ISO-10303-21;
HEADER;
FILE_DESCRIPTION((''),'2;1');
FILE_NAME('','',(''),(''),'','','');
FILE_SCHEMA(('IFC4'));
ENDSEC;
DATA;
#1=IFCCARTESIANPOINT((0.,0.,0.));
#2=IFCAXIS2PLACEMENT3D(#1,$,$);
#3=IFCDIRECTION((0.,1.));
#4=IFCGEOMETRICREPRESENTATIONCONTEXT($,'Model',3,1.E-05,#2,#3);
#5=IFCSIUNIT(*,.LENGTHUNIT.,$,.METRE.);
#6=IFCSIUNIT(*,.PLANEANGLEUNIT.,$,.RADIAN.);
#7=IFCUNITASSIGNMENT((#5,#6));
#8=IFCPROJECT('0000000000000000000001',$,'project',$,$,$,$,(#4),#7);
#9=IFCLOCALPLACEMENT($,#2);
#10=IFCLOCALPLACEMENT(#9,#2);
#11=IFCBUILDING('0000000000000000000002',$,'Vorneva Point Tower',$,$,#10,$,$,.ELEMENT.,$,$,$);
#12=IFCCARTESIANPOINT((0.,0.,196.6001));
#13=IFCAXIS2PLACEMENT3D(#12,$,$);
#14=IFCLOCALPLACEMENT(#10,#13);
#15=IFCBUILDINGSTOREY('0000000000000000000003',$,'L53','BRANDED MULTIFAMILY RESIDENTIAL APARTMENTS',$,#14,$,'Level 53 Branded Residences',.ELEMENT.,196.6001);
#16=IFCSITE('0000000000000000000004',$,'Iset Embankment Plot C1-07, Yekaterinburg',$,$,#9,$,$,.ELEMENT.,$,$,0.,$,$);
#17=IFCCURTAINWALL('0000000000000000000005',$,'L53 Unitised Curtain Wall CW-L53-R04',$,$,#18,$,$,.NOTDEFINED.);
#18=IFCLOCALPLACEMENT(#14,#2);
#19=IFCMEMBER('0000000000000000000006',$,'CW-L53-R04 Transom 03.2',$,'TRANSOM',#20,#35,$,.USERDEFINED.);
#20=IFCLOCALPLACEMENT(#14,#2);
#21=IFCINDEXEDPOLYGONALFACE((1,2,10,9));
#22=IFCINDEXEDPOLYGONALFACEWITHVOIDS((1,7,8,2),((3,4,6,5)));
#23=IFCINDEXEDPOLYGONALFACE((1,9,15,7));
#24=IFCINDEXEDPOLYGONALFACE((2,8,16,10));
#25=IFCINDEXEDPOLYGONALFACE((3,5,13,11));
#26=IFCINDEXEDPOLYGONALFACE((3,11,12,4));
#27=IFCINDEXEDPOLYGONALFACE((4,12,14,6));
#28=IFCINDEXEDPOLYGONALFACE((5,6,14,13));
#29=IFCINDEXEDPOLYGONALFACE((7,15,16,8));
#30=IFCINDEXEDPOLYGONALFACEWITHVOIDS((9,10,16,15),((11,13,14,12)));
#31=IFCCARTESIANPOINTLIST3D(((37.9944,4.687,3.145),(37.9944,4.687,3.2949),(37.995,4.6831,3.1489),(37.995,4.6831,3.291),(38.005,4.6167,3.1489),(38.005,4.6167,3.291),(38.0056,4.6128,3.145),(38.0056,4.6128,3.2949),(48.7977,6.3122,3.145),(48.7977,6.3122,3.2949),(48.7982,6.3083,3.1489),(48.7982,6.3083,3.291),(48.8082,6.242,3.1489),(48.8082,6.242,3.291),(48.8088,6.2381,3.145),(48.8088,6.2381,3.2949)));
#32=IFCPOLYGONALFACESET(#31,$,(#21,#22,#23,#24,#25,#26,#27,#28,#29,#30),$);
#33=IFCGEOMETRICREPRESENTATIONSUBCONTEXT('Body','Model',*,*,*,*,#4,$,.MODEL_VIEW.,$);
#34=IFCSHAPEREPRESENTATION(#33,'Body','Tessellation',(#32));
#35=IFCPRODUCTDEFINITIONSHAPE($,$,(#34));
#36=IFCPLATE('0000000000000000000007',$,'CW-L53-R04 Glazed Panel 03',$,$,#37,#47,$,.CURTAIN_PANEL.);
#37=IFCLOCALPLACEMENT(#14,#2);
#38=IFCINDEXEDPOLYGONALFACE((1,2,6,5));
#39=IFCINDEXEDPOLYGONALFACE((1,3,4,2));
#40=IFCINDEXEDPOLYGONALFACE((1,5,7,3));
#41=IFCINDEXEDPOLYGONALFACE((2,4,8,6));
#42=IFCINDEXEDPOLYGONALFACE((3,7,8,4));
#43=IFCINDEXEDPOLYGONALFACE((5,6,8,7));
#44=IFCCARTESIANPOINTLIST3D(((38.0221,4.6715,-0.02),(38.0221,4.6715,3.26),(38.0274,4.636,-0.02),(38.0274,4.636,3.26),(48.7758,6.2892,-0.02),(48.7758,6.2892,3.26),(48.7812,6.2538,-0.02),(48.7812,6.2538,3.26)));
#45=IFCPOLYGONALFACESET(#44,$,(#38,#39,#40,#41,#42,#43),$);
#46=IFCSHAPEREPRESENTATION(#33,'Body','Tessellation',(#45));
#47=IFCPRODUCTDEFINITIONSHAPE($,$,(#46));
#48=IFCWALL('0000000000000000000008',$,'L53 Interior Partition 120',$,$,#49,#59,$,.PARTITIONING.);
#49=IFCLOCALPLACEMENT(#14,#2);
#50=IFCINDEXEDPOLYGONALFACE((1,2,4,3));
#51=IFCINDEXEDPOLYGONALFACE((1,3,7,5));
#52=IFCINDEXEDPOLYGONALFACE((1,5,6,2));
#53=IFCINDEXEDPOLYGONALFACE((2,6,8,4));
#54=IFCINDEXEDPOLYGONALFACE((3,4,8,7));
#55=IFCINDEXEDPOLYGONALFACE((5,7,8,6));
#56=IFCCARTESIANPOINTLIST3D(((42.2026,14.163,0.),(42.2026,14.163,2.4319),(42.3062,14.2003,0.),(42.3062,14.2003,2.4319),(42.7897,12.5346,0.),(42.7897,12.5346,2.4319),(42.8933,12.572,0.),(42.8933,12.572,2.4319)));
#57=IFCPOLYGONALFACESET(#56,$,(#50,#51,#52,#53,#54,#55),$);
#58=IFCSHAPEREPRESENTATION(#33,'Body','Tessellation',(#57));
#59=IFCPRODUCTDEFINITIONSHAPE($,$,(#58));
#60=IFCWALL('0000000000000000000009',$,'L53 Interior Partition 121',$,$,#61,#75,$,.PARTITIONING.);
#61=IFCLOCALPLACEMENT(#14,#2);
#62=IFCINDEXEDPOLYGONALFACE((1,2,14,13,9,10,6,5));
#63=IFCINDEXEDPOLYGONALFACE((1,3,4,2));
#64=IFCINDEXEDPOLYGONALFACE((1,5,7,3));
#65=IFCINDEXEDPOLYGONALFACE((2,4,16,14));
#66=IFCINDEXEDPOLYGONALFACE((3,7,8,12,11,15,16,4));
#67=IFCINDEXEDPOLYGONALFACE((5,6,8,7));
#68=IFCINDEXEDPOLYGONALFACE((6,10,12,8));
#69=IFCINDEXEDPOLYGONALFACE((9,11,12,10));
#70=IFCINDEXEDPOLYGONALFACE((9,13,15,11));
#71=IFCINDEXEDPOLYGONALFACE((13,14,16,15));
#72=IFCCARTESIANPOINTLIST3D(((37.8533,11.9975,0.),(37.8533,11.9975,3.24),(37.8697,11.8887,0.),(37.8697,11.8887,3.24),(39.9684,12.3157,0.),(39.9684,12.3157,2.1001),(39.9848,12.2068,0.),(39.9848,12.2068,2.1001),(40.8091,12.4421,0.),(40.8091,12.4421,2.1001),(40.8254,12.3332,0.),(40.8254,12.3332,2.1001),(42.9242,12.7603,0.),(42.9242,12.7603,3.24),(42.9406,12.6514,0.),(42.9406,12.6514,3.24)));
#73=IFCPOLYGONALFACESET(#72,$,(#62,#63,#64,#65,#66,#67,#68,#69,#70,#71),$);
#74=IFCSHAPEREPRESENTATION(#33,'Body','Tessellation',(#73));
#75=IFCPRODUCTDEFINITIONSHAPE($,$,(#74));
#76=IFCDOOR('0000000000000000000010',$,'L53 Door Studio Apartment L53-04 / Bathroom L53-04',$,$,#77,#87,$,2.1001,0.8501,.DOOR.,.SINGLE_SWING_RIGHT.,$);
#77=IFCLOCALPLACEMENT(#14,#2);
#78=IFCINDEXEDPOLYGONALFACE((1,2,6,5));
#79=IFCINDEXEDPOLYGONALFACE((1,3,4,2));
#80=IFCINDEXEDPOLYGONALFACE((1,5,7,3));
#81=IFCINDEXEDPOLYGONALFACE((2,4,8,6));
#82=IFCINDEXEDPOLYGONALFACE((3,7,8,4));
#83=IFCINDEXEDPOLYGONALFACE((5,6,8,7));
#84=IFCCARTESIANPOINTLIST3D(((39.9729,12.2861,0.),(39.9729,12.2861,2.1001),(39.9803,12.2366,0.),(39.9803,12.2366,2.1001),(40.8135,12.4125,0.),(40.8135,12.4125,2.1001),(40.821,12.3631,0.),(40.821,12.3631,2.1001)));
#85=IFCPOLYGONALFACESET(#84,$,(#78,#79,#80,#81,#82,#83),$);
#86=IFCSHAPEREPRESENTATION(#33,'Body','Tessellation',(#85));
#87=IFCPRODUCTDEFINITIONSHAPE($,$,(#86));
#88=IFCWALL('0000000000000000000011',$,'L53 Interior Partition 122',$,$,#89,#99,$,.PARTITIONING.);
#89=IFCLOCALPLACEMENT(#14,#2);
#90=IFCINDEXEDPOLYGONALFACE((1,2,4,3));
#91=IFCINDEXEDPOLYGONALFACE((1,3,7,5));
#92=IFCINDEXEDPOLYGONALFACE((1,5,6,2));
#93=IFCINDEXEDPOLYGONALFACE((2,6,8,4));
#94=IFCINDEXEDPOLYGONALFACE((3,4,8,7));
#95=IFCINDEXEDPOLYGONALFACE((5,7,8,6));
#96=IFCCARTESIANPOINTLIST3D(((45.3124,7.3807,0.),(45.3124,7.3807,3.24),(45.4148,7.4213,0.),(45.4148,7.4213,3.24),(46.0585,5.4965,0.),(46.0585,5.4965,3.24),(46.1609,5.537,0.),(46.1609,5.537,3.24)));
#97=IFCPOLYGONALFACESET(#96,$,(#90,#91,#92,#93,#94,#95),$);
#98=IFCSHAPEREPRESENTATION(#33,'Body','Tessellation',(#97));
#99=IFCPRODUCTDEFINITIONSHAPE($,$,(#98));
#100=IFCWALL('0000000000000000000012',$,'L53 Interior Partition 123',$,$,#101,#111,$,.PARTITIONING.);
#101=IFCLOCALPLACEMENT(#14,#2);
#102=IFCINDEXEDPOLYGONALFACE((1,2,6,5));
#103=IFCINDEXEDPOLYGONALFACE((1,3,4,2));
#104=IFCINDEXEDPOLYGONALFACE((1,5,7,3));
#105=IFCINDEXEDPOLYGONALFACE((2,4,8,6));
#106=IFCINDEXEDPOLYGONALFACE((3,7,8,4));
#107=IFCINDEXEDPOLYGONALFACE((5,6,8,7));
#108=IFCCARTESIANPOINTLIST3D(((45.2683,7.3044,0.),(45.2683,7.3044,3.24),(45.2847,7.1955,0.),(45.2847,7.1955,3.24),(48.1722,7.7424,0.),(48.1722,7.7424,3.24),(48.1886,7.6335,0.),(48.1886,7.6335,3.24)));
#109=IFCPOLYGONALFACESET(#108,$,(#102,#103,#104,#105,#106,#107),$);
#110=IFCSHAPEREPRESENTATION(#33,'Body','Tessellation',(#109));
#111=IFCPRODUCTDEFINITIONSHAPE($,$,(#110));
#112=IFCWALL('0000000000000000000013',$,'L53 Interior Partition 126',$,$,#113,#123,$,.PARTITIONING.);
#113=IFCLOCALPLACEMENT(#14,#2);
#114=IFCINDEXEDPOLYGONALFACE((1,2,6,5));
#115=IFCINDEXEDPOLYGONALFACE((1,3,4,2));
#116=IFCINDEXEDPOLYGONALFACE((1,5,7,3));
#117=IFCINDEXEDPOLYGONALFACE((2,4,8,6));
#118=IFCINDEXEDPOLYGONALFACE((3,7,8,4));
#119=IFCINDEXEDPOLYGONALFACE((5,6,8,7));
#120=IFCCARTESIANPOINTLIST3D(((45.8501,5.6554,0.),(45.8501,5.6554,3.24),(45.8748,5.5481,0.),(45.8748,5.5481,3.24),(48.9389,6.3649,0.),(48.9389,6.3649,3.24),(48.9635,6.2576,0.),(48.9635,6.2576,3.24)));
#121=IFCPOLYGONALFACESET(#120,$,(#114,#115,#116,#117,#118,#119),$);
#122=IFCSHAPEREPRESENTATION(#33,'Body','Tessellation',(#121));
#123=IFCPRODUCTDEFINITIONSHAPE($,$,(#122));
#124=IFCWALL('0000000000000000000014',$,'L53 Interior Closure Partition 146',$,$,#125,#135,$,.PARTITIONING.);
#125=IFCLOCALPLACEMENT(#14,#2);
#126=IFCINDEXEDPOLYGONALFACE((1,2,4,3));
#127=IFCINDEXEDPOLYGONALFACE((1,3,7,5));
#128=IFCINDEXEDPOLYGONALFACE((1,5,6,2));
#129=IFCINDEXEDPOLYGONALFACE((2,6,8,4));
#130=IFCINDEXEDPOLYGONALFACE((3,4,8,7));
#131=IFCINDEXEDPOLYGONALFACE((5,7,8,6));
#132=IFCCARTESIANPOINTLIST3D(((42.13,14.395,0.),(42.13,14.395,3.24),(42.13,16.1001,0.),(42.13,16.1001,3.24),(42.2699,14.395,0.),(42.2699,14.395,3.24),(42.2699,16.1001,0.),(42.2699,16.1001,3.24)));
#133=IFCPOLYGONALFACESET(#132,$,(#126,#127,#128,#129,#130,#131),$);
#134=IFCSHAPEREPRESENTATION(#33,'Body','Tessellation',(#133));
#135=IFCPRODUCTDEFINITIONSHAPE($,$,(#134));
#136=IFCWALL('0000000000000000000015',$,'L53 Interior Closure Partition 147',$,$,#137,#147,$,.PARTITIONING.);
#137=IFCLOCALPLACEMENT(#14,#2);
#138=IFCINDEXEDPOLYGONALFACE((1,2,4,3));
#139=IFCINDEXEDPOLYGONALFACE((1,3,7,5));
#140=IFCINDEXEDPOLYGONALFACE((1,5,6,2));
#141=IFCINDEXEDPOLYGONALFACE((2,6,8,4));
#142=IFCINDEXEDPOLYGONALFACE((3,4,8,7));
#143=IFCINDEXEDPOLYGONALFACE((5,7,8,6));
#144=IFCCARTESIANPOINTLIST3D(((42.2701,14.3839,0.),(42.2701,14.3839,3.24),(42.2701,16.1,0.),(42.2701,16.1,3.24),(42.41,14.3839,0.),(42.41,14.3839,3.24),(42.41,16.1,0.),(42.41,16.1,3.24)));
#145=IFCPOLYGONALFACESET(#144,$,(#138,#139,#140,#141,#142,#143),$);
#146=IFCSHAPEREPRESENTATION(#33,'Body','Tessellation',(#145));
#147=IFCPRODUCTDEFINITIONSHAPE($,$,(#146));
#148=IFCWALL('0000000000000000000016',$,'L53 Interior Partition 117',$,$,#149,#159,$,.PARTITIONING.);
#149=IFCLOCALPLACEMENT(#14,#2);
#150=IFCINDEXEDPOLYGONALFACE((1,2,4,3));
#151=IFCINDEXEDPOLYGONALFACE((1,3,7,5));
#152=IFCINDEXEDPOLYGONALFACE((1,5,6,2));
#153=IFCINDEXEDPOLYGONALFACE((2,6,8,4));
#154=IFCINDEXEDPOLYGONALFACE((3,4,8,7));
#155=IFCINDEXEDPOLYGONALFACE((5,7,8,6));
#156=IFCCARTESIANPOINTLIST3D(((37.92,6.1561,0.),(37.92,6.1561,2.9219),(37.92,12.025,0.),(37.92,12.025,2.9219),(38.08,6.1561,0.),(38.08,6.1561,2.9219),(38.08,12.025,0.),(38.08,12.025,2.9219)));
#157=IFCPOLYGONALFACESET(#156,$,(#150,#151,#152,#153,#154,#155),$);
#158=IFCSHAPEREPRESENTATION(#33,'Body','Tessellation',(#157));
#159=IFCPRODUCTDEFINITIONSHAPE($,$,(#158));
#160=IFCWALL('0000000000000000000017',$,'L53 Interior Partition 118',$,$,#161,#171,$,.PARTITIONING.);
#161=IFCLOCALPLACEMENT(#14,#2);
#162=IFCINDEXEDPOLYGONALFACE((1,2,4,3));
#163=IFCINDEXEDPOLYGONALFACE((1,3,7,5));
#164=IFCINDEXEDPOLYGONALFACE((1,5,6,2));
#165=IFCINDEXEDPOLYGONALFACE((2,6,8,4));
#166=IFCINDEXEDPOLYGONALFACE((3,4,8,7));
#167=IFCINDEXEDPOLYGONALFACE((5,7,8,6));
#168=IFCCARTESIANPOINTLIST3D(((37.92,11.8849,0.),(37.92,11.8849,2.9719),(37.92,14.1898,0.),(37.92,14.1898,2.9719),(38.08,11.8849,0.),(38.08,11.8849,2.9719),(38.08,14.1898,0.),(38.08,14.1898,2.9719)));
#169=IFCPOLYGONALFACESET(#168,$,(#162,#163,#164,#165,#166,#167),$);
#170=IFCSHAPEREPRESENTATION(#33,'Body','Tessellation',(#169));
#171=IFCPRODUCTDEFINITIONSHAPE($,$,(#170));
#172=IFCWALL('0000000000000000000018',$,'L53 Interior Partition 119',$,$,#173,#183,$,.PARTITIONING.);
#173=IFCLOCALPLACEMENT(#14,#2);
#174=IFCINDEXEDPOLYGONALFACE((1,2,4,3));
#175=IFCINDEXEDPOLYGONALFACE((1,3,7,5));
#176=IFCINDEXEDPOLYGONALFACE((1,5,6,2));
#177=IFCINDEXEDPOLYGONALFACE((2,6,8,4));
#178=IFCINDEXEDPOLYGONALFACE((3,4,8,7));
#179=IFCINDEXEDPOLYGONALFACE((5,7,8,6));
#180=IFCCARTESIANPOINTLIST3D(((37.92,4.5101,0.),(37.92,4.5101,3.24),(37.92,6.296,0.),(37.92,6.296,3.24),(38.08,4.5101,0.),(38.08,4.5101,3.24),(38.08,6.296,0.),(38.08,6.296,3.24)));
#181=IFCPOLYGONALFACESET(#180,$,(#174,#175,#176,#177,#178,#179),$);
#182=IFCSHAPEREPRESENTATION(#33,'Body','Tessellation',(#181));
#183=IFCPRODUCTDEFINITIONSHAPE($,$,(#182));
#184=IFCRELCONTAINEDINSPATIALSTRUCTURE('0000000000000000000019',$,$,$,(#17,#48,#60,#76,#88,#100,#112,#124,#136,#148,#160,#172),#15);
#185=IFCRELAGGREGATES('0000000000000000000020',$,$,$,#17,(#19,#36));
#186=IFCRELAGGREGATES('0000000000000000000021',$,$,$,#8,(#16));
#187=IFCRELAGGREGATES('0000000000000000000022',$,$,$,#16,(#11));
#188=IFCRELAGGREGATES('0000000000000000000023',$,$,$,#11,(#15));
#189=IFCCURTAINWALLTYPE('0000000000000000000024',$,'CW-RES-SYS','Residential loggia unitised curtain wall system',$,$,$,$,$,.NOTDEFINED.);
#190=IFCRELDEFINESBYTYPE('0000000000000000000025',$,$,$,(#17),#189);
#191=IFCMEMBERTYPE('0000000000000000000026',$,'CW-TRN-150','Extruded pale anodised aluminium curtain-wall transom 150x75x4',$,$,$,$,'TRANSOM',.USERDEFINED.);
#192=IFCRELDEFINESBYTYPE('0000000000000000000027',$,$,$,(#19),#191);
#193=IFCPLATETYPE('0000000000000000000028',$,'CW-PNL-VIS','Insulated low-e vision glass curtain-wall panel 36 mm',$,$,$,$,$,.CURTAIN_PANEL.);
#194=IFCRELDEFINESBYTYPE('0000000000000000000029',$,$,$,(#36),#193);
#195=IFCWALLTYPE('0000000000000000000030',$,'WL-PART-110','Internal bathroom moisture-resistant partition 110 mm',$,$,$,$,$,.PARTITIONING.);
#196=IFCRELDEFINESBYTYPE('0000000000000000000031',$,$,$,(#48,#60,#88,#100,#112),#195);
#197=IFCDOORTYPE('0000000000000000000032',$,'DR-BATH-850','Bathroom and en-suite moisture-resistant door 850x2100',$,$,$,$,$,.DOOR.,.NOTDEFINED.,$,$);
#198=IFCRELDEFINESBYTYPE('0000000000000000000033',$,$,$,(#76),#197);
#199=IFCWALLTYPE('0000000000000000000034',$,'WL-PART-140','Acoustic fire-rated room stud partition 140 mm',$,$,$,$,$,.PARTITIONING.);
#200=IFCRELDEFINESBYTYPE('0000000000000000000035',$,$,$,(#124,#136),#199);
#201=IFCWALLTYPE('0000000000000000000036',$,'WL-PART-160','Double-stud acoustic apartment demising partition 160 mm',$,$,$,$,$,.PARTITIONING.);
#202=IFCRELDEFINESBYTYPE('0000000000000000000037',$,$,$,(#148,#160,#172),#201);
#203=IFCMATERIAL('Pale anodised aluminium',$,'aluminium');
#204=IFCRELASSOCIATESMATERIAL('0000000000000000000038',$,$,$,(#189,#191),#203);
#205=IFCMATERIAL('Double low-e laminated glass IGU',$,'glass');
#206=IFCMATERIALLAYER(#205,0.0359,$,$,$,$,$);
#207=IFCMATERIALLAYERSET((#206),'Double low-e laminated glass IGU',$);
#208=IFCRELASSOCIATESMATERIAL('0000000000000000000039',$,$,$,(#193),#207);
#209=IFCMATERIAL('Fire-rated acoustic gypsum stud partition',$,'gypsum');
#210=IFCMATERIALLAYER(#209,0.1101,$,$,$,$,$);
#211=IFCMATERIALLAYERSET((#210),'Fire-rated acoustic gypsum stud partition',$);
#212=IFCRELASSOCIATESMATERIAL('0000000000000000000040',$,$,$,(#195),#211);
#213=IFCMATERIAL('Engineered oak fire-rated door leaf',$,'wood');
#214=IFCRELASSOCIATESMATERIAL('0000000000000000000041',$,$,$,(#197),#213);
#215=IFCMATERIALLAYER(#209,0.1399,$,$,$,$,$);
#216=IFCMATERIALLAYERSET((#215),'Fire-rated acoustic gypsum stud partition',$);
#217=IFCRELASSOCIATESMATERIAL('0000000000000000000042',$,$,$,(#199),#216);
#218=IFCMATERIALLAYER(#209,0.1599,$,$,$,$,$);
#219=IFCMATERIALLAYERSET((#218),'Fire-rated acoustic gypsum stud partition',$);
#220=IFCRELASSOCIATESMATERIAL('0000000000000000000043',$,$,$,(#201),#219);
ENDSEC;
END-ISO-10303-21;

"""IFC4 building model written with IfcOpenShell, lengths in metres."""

from ifc_helpers import new_model, si_unit, direction, frame, frame_2d, origin, origin_2d, place, context, subcontext, project, spatial, rectangle, hollow_rectangle, extrude, material, layer, layer_set, material_profile, profile_set, type_object, element, fill, aggregate, save


model = new_model("IFC4")

# Units and contexts
model_context = context("Model", 3, precision=1e-05, world=origin(), true_north=direction((0.0, 1.0)))
body_context = subcontext(model_context, "Body", "Model", "MODEL_VIEW")
ifc_project = project(units=[si_unit("LENGTHUNIT", "METRE"), si_unit("PLANEANGLEUNIT", "RADIAN")], contexts=[model_context])

# Site, building, storey
site_placement = place(None, origin())
site = spatial("IfcSite", under=ifc_project, at=site_placement, Name="Iset Embankment Plot C1-07, Yekaterinburg", CompositionType="ELEMENT", RefElevation=0.0)
building_placement = place(site_placement, origin())
building = spatial("IfcBuilding", under=site, at=building_placement, Name="Vorneva Point Tower", CompositionType="ELEMENT")
storey_placement = place(building_placement, frame((0.0, 0.0, 196.6001)))
storey = spatial("IfcBuildingStorey", under=building, at=storey_placement, Name="L53", Description="BRANDED MULTIFAMILY RESIDENTIAL APARTMENTS", LongName="Level 53 Branded Residences", CompositionType="ELEMENT", Elevation=196.6001)

# Curtain wall, member, plate
ifc_material_1 = material(Name="Pale anodised aluminium", Category="aluminium")
curtain_wall_type = type_object("IfcCurtainWallType", Name="CW-RES-SYS", Description="Residential loggia unitised curtain wall system", PredefinedType="NOTDEFINED", material=ifc_material_1)
curtain_wall_placement = place(storey_placement, origin())
curtain_wall = element("IfcCurtainWall", 1, at=curtain_wall_placement, inside=storey, type_object=curtain_wall_type, Name="L53 Unitised Curtain Wall CW-L53-R04", PredefinedType="NOTDEFINED")
ifc_material_profile_1 = material_profile(ifc_material_1, hollow_rectangle(XDim=0.075, YDim=0.1499, WallThickness=0.0039, at=origin_2d()), Name="AL-TRN 150x75x4")
ifc_profile_set_1 = profile_set([ifc_material_profile_1], Name="Pale anodised aluminium")
member_type_1 = type_object("IfcMemberType", Name="CW-TRN-150", Description="Extruded pale anodised aluminium curtain-wall transom 150x75x4", ElementType="TRANSOM", PredefinedType="USERDEFINED", material=ifc_profile_set_1)
member_1_placement = place(storey_placement, frame((38.0, 4.6499, 3.22), z_axis=(0.988872, 0.148767, 0.0), x_axis=(-0.148767, 0.988872, 0.0)))
member_1 = element("IfcMember", 2, at=member_1_placement, type_object=member_type_1, Name="CW-L53-R04 Transom 03.2", ObjectType="TRANSOM", PredefinedType="USERDEFINED", context=body_context, shape_type="SweptSolid", body=[
    extrude(hollow_rectangle(XDim=0.075, YDim=0.1499, WallThickness=0.0039, at=origin_2d()), origin(), (0.0, 0.0, 1.0), 10.9248),
])
ifc_material_2 = material(Name="Double low-e laminated glass IGU", Category="glass")
ifc_layer_1 = layer(ifc_material_2, 0.0359)
ifc_layer_set_1 = layer_set([ifc_layer_1], Name="Double low-e laminated glass IGU")
plate_type = type_object("IfcPlateType", Name="CW-PNL-VIS", Description="Insulated low-e vision glass curtain-wall panel 36 mm", PredefinedType="CURTAIN_PANEL", material=ifc_layer_set_1)
plate_placement = place(storey_placement, frame((43.4016, 5.4626, -0.02), z_axis=(0.0, 0.0, 1.0), x_axis=(0.988874, 0.148759, 0.0)))
plate = element("IfcPlate", 3, at=plate_placement, type_object=plate_type, Name="CW-L53-R04 Glazed Panel 03", PredefinedType="CURTAIN_PANEL", context=body_context, shape_type="SweptSolid", body=[
    extrude(rectangle(XDim=10.8748, YDim=0.0359, at=origin_2d()), origin(), (0.0, 0.0, 1.0), 3.28),
])
aggregate(curtain_wall, [member_1, plate])

# Wall
ifc_material_3 = material(Name="Fire-rated acoustic gypsum stud partition", Category="gypsum")
ifc_layer_2 = layer(ifc_material_3, 0.1101)
ifc_layer_set_2 = layer_set([ifc_layer_2], Name="Fire-rated acoustic gypsum stud partition")
wall_type_1 = type_object("IfcWallType", Name="WL-PART-110", Description="Internal bathroom moisture-resistant partition 110 mm", PredefinedType="PARTITIONING", material=ifc_layer_set_2)
wall_1_placement = place(storey_placement, frame((42.2544, 14.1816, 0.0), z_axis=(0.0, 0.0, 1.0), x_axis=(0.339194, -0.940716, 0.0)))
element("IfcWall", 4, at=wall_1_placement, inside=storey, type_object=wall_type_1, Name="L53 Interior Partition 120", PredefinedType="PARTITIONING", context=body_context, shape_type="SweptSolid", body=[
    extrude(rectangle(XDim=1.731, YDim=0.1101, at=frame_2d((0.8655, 0.0))), origin(), (0.0, 0.0, 1.0), 2.4319),
])

# Wall, opening, door
wall_2_placement = place(storey_placement, frame((42.9324, 12.7058, 0.0), z_axis=(0.0, 0.0, 1.0), x_axis=(-0.988877, -0.148736, 0.0)))
wall_2 = element("IfcWall", 5, at=wall_2_placement, inside=storey, type_object=wall_type_1, Name="L53 Interior Partition 121", PredefinedType="PARTITIONING", context=body_context, shape_type="SweptSolid", body=[
    extrude(rectangle(XDim=5.1279, YDim=0.1101, at=frame_2d((2.564, 0.0))), origin(), (0.0, 0.0, 1.0), 3.24),
])
opening_1_placement = place(wall_2_placement, frame((2.1389, 0.0, 0.0)))
opening_1 = element("IfcOpeningElement", 6, at=opening_1_placement, cuts=wall_2, PredefinedType="OPENING", context=body_context, shape_type="SweptSolid", body=[
    extrude(rectangle(XDim=0.8501, YDim=2.1001, at=frame_2d((0.425, 1.05))), frame((0.0, 0.0698, 0.0), z_axis=(0.0, -1.0, 0.0), x_axis=(1.0, 0.0, 0.0)), (0.0, 0.0, 1.0), 0.1399),
])
ifc_material_4 = material(Name="Engineered oak fire-rated door leaf", Category="wood")
door_type_1 = type_object("IfcDoorType", Name="DR-BATH-850", Description="Bathroom and en-suite moisture-resistant door 850x2100", OperationType="NOTDEFINED", PredefinedType="DOOR", material=ifc_material_4)
door_1_placement = place(opening_1_placement, origin())
door_1 = element("IfcDoor", 7, at=door_1_placement, inside=storey, type_object=door_type_1, Name="L53 Door Studio Apartment L53-04 / Bathroom L53-04", OperationType="SINGLE_SWING_RIGHT", OverallHeight=2.1001, OverallWidth=0.8501, PredefinedType="DOOR", context=body_context, shape_type="SweptSolid", body=[
    extrude(rectangle(XDim=0.8501, YDim=2.1001, at=frame_2d((0.425, 1.05))), frame((0.0, 0.0249, 0.0), z_axis=(0.0, -1.0, 0.0), x_axis=(1.0, 0.0, 0.0)), (0.0, 0.0, 1.0), 0.05),
])
fill(opening_1, door_1)

# Walls
wall_3_placement = place(storey_placement, frame((46.1096, 5.5168, 0.0), z_axis=(0.0, 0.0, 1.0), x_axis=(-0.368148, 0.929767, 0.0)))
element("IfcWall", 8, at=wall_3_placement, inside=storey, type_object=wall_type_1, Name="L53 Interior Partition 122", PredefinedType="PARTITIONING", context=body_context, shape_type="SweptSolid", body=[
    extrude(rectangle(XDim=2.0266, YDim=0.1101, at=frame_2d((1.0132, 0.0))), origin(), (0.0, 0.0, 1.0), 3.24),
])
wall_4_placement = place(storey_placement, frame((45.2766, 7.25, 0.0), z_axis=(0.0, 0.0, 1.0), x_axis=(0.988815, 0.149145, 0.0)))
element("IfcWall", 9, at=wall_4_placement, inside=storey, type_object=wall_type_1, Name="L53 Interior Partition 123", PredefinedType="PARTITIONING", context=body_context, shape_type="SweptSolid", body=[
    extrude(rectangle(XDim=2.9368, YDim=0.1101, at=frame_2d((1.4683, 0.0))), origin(), (0.0, 0.0, 1.0), 3.24),
])
wall_5_placement = place(storey_placement, frame((45.8625, 5.6018, 0.0), z_axis=(0.0, 0.0, 1.0), x_axis=(0.974622, 0.223858, 0.0)))
element("IfcWall", 10, at=wall_5_placement, inside=storey, type_object=wall_type_1, Name="L53 Interior Partition 126", PredefinedType="PARTITIONING", context=body_context, shape_type="SweptSolid", body=[
    extrude(rectangle(XDim=3.1692, YDim=0.1101, at=frame_2d((1.5845, 0.0))), origin(), (0.0, 0.0, 1.0), 3.24),
])
ifc_layer_3 = layer(ifc_material_3, 0.1399)
ifc_layer_set_3 = layer_set([ifc_layer_3], Name="Fire-rated acoustic gypsum stud partition")
wall_type_2 = type_object("IfcWallType", Name="WL-PART-140", Description="Acoustic fire-rated room stud partition 140 mm", PredefinedType="PARTITIONING", material=ifc_layer_set_3)
wall_6_placement = place(storey_placement, frame((42.2, 16.1001, 0.0), z_axis=(0.0, 0.0, 1.0), x_axis=(0.0, -1.0, 0.0)))
element("IfcWall", 11, at=wall_6_placement, inside=storey, type_object=wall_type_2, Name="L53 Interior Closure Partition 146", PredefinedType="PARTITIONING", context=body_context, shape_type="SweptSolid", body=[
    extrude(rectangle(XDim=1.7051, YDim=0.1399, at=frame_2d((0.8525, 0.0))), origin(), (0.0, 0.0, 1.0), 3.24),
])
wall_7_placement = place(storey_placement, frame((42.3401, 14.384, 0.0), z_axis=(0.0, 0.0, 1.0), x_axis=(0.0, 1.0, 0.0)))
element("IfcWall", 12, at=wall_7_placement, inside=storey, type_object=wall_type_2, Name="L53 Interior Closure Partition 147", PredefinedType="PARTITIONING", context=body_context, shape_type="SweptSolid", body=[
    extrude(rectangle(XDim=1.7161, YDim=0.1399, at=frame_2d((0.8579, 0.0))), origin(), (0.0, 0.0, 1.0), 3.24),
])
ifc_layer_4 = layer(ifc_material_3, 0.1599)
ifc_layer_set_4 = layer_set([ifc_layer_4], Name="Fire-rated acoustic gypsum stud partition")
wall_type_3 = type_object("IfcWallType", Name="WL-PART-160", Description="Double-stud acoustic apartment demising partition 160 mm", PredefinedType="PARTITIONING", material=ifc_layer_set_4)
wall_8_placement = place(storey_placement, frame((38.0, 6.156, 0.0), z_axis=(0.0, 0.0, 1.0), x_axis=(0.0, 1.0, 0.0)))
element("IfcWall", 13, at=wall_8_placement, inside=storey, type_object=wall_type_3, Name="L53 Interior Partition 117", PredefinedType="PARTITIONING", context=body_context, shape_type="SweptSolid", body=[
    extrude(rectangle(XDim=5.8689, YDim=0.1599, at=frame_2d((2.9346, 0.0))), origin(), (0.0, 0.0, 1.0), 2.9219),
])
wall_9_placement = place(storey_placement, frame((38.0, 11.885, 0.0), z_axis=(0.0, 0.0, 1.0), x_axis=(0.0, 1.0, 0.0)))
element("IfcWall", 14, at=wall_9_placement, inside=storey, type_object=wall_type_3, Name="L53 Interior Partition 118", PredefinedType="PARTITIONING", context=body_context, shape_type="SweptSolid", body=[
    extrude(rectangle(XDim=2.3049, YDim=0.1599, at=frame_2d((1.1523, 0.0))), origin(), (0.0, 0.0, 1.0), 2.9719),
])
wall_10_placement = place(storey_placement, frame((38.0, 4.51, 0.0), z_axis=(0.0, 0.0, 1.0), x_axis=(0.0, 1.0, 0.0)))
element("IfcWall", 15, at=wall_10_placement, inside=storey, type_object=wall_type_3, Name="L53 Interior Partition 119", PredefinedType="PARTITIONING", context=body_context, shape_type="SweptSolid", body=[
    extrude(rectangle(XDim=1.7859, YDim=0.1599, at=frame_2d((0.8931, 0.0))), origin(), (0.0, 0.0, 1.0), 3.24),
])

save(model, "model.ifc")
